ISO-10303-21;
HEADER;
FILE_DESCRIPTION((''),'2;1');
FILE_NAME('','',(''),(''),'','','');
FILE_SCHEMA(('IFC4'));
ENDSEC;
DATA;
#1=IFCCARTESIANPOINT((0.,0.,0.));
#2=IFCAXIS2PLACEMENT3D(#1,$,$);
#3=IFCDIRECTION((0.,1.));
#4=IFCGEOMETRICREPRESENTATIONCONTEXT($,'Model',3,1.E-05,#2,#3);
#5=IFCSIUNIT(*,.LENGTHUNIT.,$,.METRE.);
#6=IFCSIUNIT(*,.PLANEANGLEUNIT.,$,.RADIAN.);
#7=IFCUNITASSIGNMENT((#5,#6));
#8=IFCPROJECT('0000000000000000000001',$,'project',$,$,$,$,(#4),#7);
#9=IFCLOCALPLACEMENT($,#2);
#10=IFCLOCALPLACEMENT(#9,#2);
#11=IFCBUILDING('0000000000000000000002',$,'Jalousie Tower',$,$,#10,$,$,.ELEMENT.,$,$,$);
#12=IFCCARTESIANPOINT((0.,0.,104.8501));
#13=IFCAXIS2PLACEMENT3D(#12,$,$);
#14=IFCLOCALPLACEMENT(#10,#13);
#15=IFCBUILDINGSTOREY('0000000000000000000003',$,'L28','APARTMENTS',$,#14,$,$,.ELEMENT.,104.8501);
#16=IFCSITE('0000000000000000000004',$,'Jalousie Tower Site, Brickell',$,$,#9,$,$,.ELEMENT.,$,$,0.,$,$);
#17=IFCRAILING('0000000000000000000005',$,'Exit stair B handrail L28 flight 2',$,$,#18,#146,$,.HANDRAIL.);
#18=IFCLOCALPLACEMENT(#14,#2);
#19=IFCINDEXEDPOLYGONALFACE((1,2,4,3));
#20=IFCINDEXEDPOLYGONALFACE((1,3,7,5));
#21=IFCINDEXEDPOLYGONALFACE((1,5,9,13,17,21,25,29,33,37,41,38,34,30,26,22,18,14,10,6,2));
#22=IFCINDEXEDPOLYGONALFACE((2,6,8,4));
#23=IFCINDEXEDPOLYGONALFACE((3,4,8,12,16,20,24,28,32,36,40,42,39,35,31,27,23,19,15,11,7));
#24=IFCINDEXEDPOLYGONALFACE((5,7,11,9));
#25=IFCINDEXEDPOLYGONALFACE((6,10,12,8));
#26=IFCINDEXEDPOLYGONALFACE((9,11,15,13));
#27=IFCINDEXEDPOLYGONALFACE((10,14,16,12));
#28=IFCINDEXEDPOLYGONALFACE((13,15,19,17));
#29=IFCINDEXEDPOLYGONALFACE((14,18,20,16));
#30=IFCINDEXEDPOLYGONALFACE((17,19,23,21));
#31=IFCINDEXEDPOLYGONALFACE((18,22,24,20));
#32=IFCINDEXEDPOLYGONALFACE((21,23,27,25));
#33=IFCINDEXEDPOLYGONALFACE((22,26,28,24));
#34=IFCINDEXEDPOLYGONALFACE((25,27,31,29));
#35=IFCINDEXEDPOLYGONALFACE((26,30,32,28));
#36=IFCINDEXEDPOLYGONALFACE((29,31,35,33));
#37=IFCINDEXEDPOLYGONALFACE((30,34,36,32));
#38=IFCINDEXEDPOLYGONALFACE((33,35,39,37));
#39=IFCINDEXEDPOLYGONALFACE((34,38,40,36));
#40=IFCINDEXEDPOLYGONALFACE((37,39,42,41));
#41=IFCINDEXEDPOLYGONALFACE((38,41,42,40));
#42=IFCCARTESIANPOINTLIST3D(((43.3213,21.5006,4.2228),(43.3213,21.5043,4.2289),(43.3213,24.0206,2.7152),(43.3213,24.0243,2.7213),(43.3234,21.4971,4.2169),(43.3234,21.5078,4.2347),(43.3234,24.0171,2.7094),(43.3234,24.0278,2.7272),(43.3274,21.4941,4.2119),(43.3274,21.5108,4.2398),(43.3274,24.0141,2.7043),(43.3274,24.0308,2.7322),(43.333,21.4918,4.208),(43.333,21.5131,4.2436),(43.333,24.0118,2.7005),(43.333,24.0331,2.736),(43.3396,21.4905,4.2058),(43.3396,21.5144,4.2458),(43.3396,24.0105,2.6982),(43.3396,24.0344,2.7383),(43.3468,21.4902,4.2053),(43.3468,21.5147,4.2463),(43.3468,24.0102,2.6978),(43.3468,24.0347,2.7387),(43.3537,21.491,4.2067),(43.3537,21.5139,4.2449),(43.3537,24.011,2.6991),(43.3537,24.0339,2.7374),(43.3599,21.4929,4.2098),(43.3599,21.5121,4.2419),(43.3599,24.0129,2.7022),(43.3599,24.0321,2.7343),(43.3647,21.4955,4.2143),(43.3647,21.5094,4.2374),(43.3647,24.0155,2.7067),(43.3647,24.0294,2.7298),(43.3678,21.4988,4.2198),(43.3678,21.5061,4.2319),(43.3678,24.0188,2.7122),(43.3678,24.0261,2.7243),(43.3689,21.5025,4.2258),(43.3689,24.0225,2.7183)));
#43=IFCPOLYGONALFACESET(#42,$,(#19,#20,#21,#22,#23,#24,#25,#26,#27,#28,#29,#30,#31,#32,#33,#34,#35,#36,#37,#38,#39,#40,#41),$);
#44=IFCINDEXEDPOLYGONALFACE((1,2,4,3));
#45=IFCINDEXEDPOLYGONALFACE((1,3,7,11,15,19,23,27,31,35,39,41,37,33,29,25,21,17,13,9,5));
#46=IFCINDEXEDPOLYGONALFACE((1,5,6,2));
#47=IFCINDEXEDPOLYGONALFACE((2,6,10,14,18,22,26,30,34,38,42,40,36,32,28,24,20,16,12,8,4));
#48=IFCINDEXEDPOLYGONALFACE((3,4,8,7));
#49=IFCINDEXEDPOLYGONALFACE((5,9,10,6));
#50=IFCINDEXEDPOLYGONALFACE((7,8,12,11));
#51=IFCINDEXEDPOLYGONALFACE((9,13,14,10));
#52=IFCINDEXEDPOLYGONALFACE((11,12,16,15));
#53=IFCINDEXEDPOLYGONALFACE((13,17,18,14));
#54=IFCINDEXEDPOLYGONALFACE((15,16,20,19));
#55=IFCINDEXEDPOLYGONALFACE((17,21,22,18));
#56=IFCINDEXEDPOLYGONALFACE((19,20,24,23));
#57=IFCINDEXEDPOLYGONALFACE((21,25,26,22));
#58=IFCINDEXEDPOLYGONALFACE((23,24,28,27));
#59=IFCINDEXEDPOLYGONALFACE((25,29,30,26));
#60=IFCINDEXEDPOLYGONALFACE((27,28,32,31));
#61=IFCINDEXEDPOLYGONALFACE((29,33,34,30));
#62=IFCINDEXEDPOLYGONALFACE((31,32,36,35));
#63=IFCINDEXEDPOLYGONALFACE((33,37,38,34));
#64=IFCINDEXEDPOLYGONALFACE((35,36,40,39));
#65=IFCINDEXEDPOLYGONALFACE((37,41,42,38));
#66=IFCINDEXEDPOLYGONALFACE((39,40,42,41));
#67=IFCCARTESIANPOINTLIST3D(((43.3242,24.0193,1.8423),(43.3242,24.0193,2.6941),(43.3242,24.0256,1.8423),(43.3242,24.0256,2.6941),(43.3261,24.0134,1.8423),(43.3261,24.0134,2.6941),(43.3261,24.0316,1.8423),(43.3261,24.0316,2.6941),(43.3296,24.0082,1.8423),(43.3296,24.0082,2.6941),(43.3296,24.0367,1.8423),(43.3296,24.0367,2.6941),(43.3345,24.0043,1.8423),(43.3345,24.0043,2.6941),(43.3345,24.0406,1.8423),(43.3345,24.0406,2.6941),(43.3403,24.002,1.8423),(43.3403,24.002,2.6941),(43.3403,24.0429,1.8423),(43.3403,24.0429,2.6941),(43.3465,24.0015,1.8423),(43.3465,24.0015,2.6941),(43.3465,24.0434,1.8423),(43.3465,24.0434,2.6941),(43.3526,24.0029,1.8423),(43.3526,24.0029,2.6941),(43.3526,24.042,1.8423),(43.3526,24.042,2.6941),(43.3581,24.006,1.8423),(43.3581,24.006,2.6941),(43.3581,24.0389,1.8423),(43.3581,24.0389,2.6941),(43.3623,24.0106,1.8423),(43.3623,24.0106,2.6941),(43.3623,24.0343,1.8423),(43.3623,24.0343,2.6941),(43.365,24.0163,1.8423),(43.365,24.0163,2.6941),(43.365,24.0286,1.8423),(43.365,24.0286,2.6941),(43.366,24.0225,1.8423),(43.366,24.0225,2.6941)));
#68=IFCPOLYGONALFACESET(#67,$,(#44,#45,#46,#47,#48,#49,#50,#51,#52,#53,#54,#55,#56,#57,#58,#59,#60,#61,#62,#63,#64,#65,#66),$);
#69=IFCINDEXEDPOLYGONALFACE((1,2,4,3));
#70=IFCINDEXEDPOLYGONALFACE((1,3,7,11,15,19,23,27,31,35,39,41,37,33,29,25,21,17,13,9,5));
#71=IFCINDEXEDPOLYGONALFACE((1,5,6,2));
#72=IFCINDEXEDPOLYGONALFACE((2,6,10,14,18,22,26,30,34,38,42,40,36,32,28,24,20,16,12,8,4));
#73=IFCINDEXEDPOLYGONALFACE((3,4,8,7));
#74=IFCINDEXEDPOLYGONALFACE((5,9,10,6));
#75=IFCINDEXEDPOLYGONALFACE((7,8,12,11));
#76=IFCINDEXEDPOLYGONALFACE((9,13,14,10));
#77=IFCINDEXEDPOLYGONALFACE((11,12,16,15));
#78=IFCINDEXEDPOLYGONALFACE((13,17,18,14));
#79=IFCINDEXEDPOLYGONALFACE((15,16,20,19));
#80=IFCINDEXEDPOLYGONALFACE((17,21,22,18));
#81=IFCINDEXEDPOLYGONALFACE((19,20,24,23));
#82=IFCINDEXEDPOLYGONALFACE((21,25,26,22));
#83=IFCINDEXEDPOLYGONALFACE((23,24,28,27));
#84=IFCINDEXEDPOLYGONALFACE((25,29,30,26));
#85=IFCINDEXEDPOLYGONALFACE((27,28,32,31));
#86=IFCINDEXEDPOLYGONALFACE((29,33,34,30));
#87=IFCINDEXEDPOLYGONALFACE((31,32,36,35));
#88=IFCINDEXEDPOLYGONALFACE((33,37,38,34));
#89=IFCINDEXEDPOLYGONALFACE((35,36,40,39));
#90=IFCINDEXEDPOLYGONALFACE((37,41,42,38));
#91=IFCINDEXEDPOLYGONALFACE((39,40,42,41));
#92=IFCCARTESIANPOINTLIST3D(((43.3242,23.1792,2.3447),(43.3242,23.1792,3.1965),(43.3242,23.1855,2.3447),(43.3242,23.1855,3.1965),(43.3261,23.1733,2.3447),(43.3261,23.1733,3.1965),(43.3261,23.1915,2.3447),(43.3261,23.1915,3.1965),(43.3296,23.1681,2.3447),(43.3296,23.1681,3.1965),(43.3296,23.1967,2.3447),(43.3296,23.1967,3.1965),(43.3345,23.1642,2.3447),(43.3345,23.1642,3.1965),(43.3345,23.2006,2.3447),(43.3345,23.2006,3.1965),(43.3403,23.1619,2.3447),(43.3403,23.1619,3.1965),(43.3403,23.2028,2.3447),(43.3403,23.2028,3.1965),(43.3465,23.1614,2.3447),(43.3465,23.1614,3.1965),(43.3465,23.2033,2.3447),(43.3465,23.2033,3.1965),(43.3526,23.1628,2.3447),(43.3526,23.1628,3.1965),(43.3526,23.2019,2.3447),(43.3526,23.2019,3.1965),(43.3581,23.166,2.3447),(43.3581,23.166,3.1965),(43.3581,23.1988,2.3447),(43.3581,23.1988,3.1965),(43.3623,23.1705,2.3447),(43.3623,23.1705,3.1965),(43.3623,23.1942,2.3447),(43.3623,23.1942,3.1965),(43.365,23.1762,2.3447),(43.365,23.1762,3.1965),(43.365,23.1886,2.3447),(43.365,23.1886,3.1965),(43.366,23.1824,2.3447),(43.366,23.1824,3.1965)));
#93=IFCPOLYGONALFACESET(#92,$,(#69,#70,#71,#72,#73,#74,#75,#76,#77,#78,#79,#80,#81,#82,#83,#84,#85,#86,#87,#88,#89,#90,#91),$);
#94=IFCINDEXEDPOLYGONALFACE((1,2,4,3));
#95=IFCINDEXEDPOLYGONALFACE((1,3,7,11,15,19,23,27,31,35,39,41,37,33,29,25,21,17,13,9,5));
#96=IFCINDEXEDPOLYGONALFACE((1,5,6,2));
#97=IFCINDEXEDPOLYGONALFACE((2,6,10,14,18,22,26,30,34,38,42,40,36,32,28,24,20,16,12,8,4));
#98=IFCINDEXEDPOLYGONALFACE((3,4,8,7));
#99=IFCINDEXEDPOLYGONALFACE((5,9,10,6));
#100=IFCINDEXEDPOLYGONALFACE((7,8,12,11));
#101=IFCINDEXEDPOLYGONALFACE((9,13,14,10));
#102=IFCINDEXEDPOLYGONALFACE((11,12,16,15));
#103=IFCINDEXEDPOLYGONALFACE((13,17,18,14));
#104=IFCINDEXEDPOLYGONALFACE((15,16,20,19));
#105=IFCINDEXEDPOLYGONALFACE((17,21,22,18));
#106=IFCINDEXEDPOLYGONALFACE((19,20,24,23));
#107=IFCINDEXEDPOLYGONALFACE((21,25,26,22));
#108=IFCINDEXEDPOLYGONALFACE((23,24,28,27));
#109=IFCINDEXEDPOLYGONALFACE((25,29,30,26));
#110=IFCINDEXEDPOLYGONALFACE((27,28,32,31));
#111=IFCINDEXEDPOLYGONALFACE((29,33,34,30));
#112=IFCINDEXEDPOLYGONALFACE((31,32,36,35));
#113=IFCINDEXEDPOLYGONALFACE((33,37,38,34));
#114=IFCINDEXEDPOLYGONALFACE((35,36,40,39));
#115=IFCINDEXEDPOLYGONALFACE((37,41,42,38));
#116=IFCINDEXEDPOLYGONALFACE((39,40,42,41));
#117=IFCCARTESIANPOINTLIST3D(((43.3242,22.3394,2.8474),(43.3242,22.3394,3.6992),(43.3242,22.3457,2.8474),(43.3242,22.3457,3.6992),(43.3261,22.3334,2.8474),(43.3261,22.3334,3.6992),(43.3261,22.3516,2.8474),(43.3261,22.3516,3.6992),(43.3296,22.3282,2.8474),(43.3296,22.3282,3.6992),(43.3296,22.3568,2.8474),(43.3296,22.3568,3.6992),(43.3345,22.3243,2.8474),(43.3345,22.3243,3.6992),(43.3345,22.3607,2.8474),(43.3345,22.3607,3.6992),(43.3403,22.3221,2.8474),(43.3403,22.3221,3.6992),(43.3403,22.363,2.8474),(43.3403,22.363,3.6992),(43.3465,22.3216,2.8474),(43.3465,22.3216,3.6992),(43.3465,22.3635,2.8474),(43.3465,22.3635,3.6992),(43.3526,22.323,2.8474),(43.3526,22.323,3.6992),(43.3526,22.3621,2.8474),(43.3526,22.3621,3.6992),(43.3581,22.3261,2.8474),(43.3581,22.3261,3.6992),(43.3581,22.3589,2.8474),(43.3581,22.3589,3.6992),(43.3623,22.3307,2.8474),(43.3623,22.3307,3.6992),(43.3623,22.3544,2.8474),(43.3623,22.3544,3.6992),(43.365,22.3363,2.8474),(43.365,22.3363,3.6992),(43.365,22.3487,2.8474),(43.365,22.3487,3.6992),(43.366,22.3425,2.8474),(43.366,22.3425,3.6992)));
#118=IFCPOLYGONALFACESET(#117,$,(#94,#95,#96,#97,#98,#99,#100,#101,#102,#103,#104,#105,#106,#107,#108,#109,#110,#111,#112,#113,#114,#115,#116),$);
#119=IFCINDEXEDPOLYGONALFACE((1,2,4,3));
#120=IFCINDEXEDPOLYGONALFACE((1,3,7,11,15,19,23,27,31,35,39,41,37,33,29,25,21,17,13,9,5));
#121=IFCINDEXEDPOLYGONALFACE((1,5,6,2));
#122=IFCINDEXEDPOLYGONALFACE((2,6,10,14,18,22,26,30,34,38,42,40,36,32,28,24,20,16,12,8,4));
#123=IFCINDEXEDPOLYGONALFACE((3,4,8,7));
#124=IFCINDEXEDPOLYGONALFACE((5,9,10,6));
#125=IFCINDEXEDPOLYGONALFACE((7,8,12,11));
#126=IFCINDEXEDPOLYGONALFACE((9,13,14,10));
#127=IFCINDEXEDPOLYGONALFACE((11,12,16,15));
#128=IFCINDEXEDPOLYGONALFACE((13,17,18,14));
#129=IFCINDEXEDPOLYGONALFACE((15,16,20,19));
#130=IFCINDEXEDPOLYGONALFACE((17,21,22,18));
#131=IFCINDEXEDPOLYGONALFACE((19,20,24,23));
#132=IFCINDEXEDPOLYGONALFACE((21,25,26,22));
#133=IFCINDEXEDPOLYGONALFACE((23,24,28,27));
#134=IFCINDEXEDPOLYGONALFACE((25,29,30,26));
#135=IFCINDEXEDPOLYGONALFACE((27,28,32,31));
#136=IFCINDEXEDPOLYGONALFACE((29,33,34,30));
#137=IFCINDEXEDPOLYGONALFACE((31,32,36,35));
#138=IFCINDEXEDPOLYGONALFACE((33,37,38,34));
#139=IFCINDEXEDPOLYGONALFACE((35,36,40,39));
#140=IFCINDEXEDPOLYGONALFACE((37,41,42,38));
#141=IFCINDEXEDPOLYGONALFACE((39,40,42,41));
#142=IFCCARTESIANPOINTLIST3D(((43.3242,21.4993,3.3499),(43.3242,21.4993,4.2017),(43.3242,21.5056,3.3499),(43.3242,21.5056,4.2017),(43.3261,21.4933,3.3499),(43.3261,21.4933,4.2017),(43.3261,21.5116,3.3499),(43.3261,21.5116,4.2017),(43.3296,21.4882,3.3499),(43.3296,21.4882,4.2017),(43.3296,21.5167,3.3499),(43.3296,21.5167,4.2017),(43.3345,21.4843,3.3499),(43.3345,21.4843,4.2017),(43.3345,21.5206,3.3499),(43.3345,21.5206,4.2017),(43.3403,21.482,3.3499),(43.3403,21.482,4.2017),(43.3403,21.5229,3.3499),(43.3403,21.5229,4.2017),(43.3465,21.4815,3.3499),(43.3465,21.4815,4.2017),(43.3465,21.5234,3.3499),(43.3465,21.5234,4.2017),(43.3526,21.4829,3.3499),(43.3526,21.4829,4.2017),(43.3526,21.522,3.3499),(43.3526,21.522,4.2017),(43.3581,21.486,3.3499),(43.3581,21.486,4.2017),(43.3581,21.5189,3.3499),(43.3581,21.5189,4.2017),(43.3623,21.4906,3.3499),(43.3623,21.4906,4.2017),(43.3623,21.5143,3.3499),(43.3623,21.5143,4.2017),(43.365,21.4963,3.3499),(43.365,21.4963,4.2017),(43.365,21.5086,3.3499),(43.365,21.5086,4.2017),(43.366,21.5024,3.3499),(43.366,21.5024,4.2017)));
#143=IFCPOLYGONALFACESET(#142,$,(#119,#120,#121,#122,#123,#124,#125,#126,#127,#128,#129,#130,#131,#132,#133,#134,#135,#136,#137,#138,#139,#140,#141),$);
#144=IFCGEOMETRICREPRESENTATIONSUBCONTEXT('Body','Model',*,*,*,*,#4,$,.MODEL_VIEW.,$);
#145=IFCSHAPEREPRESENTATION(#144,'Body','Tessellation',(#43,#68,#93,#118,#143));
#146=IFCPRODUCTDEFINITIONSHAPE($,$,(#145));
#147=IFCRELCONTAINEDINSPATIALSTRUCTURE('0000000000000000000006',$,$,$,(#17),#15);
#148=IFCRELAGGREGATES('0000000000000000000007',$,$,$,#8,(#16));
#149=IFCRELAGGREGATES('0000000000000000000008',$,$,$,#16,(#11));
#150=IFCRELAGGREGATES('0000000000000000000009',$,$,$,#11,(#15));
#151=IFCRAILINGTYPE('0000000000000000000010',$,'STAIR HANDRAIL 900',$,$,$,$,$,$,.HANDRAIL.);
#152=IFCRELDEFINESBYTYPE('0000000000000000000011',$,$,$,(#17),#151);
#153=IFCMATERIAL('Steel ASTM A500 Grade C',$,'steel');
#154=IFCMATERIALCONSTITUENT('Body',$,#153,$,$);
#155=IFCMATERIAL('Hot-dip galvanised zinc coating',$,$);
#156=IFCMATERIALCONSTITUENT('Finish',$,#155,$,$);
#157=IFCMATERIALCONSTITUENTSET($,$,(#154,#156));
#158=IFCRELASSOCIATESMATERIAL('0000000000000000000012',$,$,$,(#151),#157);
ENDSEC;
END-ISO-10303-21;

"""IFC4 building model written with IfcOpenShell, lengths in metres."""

from ifc_helpers import new_model, si_unit, direction, frame, origin, origin_2d, place, context, subcontext, project, spatial, circle, extrude, material, constituent, constituent_set, type_object, element, save


model = new_model("IFC4")

# Units and contexts
model_context = context("Model", 3, precision=1e-05, world=origin(), true_north=direction((0.0, 1.0)))
body_context = subcontext(model_context, "Body", "Model", "MODEL_VIEW")
ifc_project = project(units=[si_unit("LENGTHUNIT", "METRE"), si_unit("PLANEANGLEUNIT", "RADIAN")], contexts=[model_context])

# Site, building, storey
site_placement = place(None, origin())
site = spatial("IfcSite", under=ifc_project, at=site_placement, Name="Jalousie Tower Site, Brickell", CompositionType="ELEMENT", RefElevation=0.0)
building_placement = place(site_placement, origin())
building = spatial("IfcBuilding", under=site, at=building_placement, Name="Jalousie Tower", CompositionType="ELEMENT")
storey_placement = place(building_placement, frame((0.0, 0.0, 104.8501)))
storey = spatial("IfcBuildingStorey", under=building, at=storey_placement, Name="L28", Description="APARTMENTS", CompositionType="ELEMENT", Elevation=104.8501)

# Railing
ifc_material_1 = material(Name="Steel ASTM A500 Grade C", Category="steel")
ifc_constituent_1 = constituent(ifc_material_1, Name="Body")
ifc_material_2 = material(Name="Hot-dip galvanised zinc coating")
ifc_constituent_2 = constituent(ifc_material_2, Name="Finish")
ifc_constituent_set_1 = constituent_set(constituents=[ifc_constituent_1, ifc_constituent_2])
railing_type_1 = type_object("IfcRailingType", Name="STAIR HANDRAIL 900", PredefinedType="HANDRAIL", material=ifc_constituent_set_1)
railing_1_placement = place(storey_placement, frame((43.345, 24.0225, 1.8423)))
element("IfcRailing", 1, at=railing_1_placement, inside=storey, type_object=railing_type_1, Name="Exit stair B handrail L28 flight 2", PredefinedType="HANDRAIL", context=body_context, shape_type="SweptSolid", body=[
    extrude(circle(Radius=0.0239, at=origin_2d()), frame((0.0, 0.0, 0.876), z_axis=(0.0, -0.85816, 0.513383), x_axis=(1.0, 0.0, 0.0)), (0.0, 0.0, 1.0), 2.9365),
    extrude(circle(Radius=0.021, at=origin_2d()), origin(), (0.0, 0.0, 1.0), 0.8518),
    extrude(circle(Radius=0.021, at=origin_2d()), frame((0.0, -0.8401, 0.5024)), (0.0, 0.0, 1.0), 0.8518),
    extrude(circle(Radius=0.021, at=origin_2d()), frame((0.0, -1.6799, 1.0051)), (0.0, 0.0, 1.0), 0.8518),
    extrude(circle(Radius=0.021, at=origin_2d()), frame((0.0, -2.52, 1.5076)), (0.0, 0.0, 1.0), 0.8518),
])

save(model, "model.ifc")
